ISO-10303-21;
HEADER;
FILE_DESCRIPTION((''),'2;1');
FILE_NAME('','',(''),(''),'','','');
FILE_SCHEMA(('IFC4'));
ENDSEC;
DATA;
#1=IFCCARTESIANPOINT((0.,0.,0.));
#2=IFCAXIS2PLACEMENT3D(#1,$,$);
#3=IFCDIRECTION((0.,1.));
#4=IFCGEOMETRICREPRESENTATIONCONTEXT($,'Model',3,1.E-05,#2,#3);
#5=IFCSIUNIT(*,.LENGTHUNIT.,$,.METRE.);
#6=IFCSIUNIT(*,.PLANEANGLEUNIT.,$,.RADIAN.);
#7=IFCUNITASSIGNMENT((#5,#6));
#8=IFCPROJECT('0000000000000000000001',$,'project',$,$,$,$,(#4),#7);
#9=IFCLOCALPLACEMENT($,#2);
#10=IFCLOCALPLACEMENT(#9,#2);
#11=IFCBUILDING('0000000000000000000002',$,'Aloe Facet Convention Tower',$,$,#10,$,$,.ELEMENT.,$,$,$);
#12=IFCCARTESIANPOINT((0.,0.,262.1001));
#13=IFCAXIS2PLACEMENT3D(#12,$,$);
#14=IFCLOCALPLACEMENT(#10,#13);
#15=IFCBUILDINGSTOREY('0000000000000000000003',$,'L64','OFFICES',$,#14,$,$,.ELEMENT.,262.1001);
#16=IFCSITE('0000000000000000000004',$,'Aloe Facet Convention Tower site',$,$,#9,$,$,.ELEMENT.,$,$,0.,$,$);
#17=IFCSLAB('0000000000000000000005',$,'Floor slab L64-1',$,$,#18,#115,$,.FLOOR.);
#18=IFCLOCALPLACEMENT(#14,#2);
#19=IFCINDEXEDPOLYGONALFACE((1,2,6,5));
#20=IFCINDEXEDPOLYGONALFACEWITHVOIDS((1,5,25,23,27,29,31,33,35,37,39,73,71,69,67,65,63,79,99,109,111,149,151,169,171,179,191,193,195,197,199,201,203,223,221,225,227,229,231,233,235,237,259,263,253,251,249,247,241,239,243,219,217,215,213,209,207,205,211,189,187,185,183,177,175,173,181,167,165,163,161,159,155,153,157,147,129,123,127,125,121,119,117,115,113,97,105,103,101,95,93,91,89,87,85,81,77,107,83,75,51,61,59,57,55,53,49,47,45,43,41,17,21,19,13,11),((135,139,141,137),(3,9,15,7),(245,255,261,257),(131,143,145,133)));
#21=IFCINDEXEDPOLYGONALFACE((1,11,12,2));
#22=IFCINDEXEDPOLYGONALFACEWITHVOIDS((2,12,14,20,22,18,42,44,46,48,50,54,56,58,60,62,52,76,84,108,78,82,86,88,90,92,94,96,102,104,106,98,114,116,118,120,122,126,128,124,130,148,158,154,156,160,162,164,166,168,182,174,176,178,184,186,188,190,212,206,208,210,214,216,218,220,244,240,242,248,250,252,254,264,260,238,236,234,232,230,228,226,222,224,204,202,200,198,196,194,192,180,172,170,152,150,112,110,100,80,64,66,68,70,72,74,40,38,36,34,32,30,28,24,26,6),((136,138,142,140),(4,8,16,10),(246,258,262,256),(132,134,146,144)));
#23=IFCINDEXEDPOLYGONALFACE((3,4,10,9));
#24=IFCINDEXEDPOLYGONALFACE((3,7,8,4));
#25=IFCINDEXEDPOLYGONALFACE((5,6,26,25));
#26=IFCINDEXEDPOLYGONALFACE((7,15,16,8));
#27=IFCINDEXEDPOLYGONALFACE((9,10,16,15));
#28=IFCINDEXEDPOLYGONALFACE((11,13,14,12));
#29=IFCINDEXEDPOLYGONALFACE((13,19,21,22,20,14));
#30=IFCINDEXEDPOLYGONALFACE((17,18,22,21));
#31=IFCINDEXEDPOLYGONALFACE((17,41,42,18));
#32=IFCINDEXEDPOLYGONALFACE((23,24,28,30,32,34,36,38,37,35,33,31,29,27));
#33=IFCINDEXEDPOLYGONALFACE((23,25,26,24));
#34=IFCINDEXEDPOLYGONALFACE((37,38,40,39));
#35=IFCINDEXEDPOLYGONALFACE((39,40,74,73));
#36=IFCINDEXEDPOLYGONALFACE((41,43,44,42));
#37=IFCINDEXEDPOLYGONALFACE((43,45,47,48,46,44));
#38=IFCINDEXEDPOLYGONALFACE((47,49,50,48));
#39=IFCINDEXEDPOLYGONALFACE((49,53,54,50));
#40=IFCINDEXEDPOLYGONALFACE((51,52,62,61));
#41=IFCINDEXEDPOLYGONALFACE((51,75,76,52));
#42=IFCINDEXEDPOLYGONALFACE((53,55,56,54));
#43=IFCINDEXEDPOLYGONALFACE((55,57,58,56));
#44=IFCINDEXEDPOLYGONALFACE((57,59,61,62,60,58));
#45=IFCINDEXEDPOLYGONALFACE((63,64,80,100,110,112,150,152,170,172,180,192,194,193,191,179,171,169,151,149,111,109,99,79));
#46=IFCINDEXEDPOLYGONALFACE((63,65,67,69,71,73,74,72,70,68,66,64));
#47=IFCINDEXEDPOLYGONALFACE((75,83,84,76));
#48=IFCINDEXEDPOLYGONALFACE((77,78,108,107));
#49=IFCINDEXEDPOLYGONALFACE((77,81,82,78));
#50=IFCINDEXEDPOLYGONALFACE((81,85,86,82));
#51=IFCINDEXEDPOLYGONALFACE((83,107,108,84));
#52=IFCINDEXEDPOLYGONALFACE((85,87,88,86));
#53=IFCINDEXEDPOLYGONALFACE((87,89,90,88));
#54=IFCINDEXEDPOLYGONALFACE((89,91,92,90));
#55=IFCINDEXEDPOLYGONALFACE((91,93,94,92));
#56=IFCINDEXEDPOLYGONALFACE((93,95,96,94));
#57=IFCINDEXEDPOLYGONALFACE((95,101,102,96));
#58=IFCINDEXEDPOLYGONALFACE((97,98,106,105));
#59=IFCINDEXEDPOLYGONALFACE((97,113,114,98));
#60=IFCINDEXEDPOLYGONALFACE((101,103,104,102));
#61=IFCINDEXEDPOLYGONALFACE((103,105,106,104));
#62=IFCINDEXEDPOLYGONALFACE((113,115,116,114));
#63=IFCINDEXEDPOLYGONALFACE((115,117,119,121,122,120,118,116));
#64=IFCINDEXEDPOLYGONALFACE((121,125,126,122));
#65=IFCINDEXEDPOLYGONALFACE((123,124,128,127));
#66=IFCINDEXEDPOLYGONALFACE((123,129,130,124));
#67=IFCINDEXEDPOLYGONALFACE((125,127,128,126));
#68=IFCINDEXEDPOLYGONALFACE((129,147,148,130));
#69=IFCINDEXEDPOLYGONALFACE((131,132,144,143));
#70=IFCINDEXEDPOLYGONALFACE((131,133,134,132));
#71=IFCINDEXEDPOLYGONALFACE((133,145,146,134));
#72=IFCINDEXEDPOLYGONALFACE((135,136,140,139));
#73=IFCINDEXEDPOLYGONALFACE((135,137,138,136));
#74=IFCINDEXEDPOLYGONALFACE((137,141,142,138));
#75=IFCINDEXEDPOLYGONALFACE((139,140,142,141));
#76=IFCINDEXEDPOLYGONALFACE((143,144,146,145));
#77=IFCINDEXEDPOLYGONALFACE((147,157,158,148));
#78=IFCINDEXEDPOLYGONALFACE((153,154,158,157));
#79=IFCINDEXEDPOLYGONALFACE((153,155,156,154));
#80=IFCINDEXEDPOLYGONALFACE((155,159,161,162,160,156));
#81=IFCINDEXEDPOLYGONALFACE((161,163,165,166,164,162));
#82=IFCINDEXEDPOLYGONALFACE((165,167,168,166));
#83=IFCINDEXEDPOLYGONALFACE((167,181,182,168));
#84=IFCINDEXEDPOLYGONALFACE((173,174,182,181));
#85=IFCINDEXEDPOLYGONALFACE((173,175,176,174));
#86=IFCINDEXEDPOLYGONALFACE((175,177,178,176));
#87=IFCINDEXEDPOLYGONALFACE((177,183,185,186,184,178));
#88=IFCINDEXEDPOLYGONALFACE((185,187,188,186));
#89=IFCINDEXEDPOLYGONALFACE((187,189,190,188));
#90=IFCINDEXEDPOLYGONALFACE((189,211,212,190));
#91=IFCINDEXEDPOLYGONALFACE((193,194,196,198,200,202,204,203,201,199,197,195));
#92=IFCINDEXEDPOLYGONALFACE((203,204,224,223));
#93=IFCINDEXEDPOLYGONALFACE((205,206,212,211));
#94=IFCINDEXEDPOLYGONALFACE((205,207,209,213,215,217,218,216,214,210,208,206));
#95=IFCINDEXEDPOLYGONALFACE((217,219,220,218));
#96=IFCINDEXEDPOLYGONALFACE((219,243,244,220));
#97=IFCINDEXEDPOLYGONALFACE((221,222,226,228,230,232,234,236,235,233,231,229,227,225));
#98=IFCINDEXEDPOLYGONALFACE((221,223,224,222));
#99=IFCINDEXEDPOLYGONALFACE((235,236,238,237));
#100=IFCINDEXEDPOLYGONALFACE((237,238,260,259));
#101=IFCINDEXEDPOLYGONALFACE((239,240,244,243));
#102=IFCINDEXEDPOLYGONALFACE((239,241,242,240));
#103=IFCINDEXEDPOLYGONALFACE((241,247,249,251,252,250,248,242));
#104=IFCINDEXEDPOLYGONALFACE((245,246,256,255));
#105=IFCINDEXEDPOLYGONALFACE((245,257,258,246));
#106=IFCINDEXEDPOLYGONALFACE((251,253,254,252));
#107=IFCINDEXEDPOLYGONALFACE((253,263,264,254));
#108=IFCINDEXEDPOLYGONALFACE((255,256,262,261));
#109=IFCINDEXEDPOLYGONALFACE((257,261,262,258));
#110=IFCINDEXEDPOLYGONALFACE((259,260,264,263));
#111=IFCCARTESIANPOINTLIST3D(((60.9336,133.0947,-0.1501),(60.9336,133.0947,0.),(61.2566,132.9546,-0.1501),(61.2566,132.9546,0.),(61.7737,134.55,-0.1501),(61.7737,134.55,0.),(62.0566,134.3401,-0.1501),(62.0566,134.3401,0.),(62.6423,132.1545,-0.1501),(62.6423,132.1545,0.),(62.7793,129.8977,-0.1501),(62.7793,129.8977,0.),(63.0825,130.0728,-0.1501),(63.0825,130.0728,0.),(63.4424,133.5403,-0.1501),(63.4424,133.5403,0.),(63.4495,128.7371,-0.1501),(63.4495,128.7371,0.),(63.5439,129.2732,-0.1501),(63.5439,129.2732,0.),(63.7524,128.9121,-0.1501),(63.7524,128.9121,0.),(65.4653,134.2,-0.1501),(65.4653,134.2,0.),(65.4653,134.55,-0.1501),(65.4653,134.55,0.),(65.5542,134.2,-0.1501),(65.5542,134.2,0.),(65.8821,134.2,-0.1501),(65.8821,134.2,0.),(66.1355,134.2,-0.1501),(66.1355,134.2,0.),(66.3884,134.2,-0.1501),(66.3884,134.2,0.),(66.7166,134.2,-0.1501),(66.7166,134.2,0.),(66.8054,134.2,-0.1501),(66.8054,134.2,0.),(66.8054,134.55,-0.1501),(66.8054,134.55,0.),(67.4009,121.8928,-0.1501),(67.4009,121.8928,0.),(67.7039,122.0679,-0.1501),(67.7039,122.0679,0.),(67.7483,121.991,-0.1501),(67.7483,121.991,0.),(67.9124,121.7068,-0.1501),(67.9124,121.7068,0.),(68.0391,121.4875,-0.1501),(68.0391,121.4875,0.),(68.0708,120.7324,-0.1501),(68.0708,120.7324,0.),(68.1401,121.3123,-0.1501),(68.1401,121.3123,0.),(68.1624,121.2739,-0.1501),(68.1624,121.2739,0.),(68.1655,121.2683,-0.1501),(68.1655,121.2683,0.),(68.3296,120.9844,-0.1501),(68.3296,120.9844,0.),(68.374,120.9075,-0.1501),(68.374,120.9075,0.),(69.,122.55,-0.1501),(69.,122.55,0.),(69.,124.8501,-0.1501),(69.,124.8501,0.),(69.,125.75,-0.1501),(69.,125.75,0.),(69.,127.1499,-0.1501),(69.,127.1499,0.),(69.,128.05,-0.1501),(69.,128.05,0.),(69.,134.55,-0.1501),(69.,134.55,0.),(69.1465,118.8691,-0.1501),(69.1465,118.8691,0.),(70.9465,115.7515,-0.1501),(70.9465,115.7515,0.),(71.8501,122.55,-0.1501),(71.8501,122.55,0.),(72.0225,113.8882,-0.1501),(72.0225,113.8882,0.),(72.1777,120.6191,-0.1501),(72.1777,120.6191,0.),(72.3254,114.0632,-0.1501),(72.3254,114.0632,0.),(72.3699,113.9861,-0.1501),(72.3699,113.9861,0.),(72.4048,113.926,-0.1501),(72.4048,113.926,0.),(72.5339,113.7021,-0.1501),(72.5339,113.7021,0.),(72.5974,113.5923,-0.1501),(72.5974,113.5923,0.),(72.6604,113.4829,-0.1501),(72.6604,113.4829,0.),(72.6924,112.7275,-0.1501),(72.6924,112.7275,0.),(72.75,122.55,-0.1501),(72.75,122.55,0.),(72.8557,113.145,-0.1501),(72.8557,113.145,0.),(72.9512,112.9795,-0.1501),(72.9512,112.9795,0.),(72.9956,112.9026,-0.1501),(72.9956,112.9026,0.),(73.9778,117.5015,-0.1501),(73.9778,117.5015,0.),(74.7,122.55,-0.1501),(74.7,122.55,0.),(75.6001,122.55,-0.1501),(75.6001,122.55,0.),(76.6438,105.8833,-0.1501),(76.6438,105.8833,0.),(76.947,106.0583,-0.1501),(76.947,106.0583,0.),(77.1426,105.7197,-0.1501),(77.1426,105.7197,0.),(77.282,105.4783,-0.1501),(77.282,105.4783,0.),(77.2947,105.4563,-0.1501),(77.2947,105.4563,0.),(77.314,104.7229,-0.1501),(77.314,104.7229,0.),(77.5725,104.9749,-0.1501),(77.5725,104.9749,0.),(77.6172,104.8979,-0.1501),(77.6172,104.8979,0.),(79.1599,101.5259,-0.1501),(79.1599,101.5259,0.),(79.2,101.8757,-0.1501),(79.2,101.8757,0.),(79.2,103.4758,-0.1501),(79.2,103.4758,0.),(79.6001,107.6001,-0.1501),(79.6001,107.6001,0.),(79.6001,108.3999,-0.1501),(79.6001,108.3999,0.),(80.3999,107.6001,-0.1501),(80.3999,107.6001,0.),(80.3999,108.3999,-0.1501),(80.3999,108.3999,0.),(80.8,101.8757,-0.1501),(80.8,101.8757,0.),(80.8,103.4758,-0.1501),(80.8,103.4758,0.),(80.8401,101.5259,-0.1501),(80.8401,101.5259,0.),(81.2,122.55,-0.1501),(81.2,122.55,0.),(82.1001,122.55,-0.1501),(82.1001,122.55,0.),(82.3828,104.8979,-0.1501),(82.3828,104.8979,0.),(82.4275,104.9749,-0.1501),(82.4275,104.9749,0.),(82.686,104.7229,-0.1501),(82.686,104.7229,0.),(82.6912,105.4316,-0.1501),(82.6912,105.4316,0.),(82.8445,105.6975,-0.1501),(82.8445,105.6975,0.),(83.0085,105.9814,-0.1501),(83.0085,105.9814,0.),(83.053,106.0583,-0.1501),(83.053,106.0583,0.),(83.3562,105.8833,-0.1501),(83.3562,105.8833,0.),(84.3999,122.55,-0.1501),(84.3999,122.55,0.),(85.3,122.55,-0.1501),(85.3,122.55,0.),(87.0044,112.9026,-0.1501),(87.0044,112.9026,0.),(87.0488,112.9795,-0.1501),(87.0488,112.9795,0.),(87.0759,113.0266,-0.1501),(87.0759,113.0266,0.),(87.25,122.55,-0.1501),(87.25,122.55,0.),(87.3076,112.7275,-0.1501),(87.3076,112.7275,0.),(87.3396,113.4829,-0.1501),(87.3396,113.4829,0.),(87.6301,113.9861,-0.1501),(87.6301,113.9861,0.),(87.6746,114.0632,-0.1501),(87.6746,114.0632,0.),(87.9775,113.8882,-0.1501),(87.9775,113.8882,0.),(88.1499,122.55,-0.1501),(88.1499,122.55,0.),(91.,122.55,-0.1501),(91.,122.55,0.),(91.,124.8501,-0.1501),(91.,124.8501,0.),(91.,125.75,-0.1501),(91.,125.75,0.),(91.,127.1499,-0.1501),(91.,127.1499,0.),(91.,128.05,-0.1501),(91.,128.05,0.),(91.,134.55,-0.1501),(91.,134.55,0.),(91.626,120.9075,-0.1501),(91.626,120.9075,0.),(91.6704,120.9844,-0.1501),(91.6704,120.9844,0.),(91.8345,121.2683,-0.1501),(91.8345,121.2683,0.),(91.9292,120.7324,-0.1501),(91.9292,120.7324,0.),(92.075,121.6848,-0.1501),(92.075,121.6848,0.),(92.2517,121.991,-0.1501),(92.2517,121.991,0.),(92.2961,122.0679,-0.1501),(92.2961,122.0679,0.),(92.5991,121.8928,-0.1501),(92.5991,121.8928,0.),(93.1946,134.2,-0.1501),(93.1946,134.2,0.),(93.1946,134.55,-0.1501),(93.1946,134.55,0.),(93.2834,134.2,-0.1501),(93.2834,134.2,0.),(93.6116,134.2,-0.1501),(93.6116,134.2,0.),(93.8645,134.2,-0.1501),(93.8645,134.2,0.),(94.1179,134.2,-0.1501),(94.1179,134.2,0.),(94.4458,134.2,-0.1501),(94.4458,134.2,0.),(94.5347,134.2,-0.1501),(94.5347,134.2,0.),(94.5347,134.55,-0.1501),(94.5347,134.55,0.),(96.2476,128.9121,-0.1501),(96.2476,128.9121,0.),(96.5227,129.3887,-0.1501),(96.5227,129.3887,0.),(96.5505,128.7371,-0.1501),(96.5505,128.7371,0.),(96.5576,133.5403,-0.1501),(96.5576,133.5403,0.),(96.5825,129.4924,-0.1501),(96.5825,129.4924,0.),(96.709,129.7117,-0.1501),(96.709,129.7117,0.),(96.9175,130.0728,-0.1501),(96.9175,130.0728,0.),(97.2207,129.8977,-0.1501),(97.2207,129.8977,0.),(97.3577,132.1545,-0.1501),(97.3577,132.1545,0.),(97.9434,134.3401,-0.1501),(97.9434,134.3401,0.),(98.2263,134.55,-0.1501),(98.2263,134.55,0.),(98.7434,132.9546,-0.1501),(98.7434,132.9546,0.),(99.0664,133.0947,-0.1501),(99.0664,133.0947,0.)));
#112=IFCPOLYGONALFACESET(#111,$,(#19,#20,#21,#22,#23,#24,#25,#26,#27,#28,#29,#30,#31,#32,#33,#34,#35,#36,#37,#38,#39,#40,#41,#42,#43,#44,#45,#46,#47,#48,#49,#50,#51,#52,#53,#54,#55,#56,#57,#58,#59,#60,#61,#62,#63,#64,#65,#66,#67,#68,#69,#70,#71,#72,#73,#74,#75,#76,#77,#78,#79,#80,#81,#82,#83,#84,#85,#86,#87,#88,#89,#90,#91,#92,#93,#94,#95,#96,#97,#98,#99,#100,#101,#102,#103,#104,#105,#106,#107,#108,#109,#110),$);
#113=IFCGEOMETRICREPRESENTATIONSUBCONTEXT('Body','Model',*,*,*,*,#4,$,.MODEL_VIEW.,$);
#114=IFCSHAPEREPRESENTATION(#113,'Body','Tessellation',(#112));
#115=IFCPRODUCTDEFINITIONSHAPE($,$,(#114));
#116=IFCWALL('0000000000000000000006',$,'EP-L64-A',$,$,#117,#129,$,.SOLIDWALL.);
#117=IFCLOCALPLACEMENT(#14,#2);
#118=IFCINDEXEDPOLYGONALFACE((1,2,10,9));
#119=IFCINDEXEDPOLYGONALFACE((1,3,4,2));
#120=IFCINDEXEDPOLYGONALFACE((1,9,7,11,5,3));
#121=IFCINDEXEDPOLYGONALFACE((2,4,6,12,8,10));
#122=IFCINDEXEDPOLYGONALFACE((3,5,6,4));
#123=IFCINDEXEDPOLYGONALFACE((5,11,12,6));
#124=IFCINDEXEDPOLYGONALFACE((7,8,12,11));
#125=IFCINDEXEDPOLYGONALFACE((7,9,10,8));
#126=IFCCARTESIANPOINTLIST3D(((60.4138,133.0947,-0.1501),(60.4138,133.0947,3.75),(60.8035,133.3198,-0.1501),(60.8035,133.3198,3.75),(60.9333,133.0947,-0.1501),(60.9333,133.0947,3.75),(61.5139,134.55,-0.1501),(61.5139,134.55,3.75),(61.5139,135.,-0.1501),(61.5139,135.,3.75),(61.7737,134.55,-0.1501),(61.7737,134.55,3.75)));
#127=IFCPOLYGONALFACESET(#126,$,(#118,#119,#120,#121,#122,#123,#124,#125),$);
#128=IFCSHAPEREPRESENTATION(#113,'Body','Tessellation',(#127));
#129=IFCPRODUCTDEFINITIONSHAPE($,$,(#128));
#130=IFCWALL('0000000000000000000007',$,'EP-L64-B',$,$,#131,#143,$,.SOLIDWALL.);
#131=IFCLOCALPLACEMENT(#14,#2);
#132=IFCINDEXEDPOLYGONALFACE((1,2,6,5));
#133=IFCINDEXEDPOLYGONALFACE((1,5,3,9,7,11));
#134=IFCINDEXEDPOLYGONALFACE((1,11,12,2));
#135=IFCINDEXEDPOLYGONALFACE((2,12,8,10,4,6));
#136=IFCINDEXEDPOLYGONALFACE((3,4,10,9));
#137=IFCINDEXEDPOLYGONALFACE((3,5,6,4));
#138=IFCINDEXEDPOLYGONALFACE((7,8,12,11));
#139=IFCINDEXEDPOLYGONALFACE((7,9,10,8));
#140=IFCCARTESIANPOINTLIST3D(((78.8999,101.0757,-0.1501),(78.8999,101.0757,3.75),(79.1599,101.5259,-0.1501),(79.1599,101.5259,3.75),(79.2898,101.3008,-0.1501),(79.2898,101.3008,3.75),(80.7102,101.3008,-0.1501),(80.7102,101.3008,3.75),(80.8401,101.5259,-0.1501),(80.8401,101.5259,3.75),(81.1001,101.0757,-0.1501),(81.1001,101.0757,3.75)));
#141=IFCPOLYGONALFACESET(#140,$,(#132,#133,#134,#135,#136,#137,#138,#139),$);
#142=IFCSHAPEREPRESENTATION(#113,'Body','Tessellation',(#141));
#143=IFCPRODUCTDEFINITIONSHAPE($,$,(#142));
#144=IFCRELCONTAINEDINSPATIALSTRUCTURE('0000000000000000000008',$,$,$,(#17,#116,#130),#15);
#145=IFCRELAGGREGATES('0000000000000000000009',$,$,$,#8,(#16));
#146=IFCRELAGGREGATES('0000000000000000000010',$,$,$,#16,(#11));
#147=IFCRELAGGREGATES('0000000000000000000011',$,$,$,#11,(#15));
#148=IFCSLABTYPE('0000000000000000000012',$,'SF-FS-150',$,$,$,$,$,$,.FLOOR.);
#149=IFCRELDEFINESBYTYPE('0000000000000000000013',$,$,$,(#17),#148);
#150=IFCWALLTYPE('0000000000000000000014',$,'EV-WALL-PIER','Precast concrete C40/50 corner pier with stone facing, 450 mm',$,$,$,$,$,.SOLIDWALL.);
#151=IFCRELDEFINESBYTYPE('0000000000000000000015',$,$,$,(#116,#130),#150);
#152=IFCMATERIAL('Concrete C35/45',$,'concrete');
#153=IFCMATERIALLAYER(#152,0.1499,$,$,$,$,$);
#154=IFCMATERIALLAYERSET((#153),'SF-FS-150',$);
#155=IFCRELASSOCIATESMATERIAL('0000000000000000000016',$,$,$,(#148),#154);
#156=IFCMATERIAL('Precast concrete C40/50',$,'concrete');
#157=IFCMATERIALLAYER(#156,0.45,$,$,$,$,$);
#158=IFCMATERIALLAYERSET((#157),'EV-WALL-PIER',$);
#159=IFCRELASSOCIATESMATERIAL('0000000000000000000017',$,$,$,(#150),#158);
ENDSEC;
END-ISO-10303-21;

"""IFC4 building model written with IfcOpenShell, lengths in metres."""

from ifc_helpers import new_model, si_unit, direction, frame, origin, place, context, subcontext, project, spatial, polyline, outline, extrude, material, layer, layer_set, type_object, element, save


model = new_model("IFC4")

# Units and contexts
model_context = context("Model", 3, precision=1e-05, world=origin(), true_north=direction((0.0, 1.0)))
body_context = subcontext(model_context, "Body", "Model", "MODEL_VIEW")
ifc_project = project(units=[si_unit("LENGTHUNIT", "METRE"), si_unit("PLANEANGLEUNIT", "RADIAN")], contexts=[model_context])

# Site, building, storey
site_placement = place(None, origin())
site = spatial("IfcSite", under=ifc_project, at=site_placement, Name="Aloe Facet Convention Tower site", CompositionType="ELEMENT", RefElevation=0.0)
building_placement = place(site_placement, origin())
building = spatial("IfcBuilding", under=site, at=building_placement, Name="Aloe Facet Convention Tower", CompositionType="ELEMENT")
storey_placement = place(building_placement, frame((0.0, 0.0, 262.1001)))
storey = spatial("IfcBuildingStorey", under=building, at=storey_placement, Name="L64", Description="OFFICES", CompositionType="ELEMENT", Elevation=262.1001)

# Slab
ifc_material_1 = material(Name="Concrete C35/45", Category="concrete")
ifc_layer_1 = layer(ifc_material_1, 0.1499)
ifc_layer_set_1 = layer_set([ifc_layer_1], Name="SF-FS-150")
slab_type_1 = type_object("IfcSlabType", Name="SF-FS-150", PredefinedType="FLOOR", material=ifc_layer_set_1)
slab_1_placement = place(storey_placement, frame((0.0, 0.0, -0.1501)))
element("IfcSlab", 1, at=slab_1_placement, inside=storey, type_object=slab_type_1, Name="Floor slab L64-1", PredefinedType="FLOOR", context=body_context, shape_type="SweptSolid", body=[
    extrude(outline(polyline([(61.7737, 134.55), (65.4653, 134.55), (65.4653, 134.2), (65.5542, 134.2), (65.8821, 134.2), (66.1355, 134.2), (66.1355, 134.2), (66.3884, 134.2), (66.7166, 134.2), (66.8054, 134.2), (66.8054, 134.55), (69.0, 134.55), (69.0, 128.05), (69.0, 127.1499), (69.0, 125.75), (69.0, 124.8501), (69.0, 122.55), (71.8501, 122.55), (72.75, 122.55), (74.7, 122.55), (75.6001, 122.55), (81.2, 122.55), (82.1001, 122.55), (84.3999, 122.55), (85.3, 122.55), (87.25, 122.55), (88.1499, 122.55), (91.0, 122.55), (91.0, 124.8501), (91.0, 125.75), (91.0, 127.1499), (91.0, 128.05), (91.0, 134.55), (93.1946, 134.55), (93.1946, 134.2), (93.2834, 134.2), (93.6116, 134.2), (93.8645, 134.2), (93.8645, 134.2), (94.1179, 134.2), (94.4458, 134.2), (94.5347, 134.2), (94.5347, 134.55), (98.2263, 134.55), (99.0664, 133.0947), (97.2207, 129.8977), (96.9175, 130.0728), (96.709, 129.7117), (96.5825, 129.4924), (96.5227, 129.3887), (96.2476, 128.9121), (96.5505, 128.7371), (92.5991, 121.8928), (92.2961, 122.0679), (92.2517, 121.991), (92.075, 121.6848), (91.8345, 121.2683), (91.6704, 120.9844), (91.626, 120.9075), (91.9292, 120.7324), (87.9775, 113.8882), (87.6746, 114.0632), (87.6301, 113.9861), (87.3396, 113.4829), (87.0759, 113.0266), (87.0488, 112.9795), (87.0044, 112.9026), (87.3076, 112.7275), (83.3562, 105.8833), (83.053, 106.0583), (83.0085, 105.9814), (82.8445, 105.6975), (82.8445, 105.6975), (82.6912, 105.4316), (82.4275, 104.9749), (82.3828, 104.8979), (82.686, 104.7229), (80.8401, 101.5259), (79.1599, 101.5259), (77.314, 104.7229), (77.6172, 104.8979), (77.5725, 104.9749), (77.2947, 105.4563), (77.282, 105.4783), (77.1426, 105.7197), (76.947, 106.0583), (76.6438, 105.8833), (72.6924, 112.7275), (72.9956, 112.9026), (72.9512, 112.9795), (72.8557, 113.145), (72.6604, 113.4829), (72.5974, 113.5923), (72.5339, 113.7021), (72.4048, 113.926), (72.3699, 113.9861), (72.3254, 114.0632), (72.0225, 113.8882), (70.9465, 115.7515), (73.9778, 117.5015), (72.1777, 120.6191), (69.1465, 118.8691), (68.0708, 120.7324), (68.374, 120.9075), (68.3296, 120.9844), (68.1655, 121.2683), (68.1624, 121.2739), (68.1401, 121.3123), (68.0391, 121.4875), (67.9124, 121.7068), (67.7483, 121.991), (67.7039, 122.0679), (67.4009, 121.8928), (63.4495, 128.7371), (63.7524, 128.9121), (63.5439, 129.2732), (63.0825, 130.0728), (62.7793, 129.8977), (60.9336, 133.0947), (61.7737, 134.55)]), holes=[polyline([(63.4424, 133.5403), (62.0566, 134.3401), (61.2566, 132.9546), (62.6423, 132.1545), (63.4424, 133.5403)]), polyline([(79.2, 103.4758), (79.2, 101.8757), (80.8, 101.8757), (80.8, 103.4758), (79.2, 103.4758)]), polyline([(79.6001, 107.6001), (80.3999, 107.6001), (80.3999, 108.3999), (79.6001, 108.3999), (79.6001, 107.6001)]), polyline([(97.3577, 132.1545), (98.7434, 132.9546), (97.9434, 134.3401), (96.5576, 133.5403), (97.3577, 132.1545)])]), origin(), (0.0, 0.0, 1.0), 0.1501),
])

# Walls
ifc_material_2 = material(Name="Precast concrete C40/50", Category="concrete")
ifc_layer_2 = layer(ifc_material_2, 0.45)
ifc_layer_set_2 = layer_set([ifc_layer_2], Name="EV-WALL-PIER")
wall_type_1 = type_object("IfcWallType", Name="EV-WALL-PIER", Description="Precast concrete C40/50 corner pier with stone facing, 450 mm", PredefinedType="SOLIDWALL", material=ifc_layer_set_2)
wall_1_placement = place(storey_placement, frame((0.0, 0.0, -0.1501)))
element("IfcWall", 2, at=wall_1_placement, inside=storey, type_object=wall_type_1, Name="EP-L64-A", PredefinedType="SOLIDWALL", context=body_context, shape_type="SweptSolid", body=[
    extrude(outline(polyline([(61.5139, 135.0), (61.5139, 134.55), (61.7737, 134.55), (60.9333, 133.0947), (60.8035, 133.3198), (60.4138, 133.0947), (61.5139, 135.0)])), origin(), (0.0, 0.0, 1.0), 3.9001),
])
wall_2_placement = place(storey_placement, frame((0.0, 0.0, -0.1501)))
element("IfcWall", 3, at=wall_2_placement, inside=storey, type_object=wall_type_1, Name="EP-L64-B", PredefinedType="SOLIDWALL", context=body_context, shape_type="SweptSolid", body=[
    extrude(outline(polyline([(78.8999, 101.0757), (79.2898, 101.3008), (79.1599, 101.5259), (80.8401, 101.5259), (80.7102, 101.3008), (81.1001, 101.0757), (78.8999, 101.0757)])), origin(), (0.0, 0.0, 1.0), 3.9001),
])

save(model, "model.ifc")
